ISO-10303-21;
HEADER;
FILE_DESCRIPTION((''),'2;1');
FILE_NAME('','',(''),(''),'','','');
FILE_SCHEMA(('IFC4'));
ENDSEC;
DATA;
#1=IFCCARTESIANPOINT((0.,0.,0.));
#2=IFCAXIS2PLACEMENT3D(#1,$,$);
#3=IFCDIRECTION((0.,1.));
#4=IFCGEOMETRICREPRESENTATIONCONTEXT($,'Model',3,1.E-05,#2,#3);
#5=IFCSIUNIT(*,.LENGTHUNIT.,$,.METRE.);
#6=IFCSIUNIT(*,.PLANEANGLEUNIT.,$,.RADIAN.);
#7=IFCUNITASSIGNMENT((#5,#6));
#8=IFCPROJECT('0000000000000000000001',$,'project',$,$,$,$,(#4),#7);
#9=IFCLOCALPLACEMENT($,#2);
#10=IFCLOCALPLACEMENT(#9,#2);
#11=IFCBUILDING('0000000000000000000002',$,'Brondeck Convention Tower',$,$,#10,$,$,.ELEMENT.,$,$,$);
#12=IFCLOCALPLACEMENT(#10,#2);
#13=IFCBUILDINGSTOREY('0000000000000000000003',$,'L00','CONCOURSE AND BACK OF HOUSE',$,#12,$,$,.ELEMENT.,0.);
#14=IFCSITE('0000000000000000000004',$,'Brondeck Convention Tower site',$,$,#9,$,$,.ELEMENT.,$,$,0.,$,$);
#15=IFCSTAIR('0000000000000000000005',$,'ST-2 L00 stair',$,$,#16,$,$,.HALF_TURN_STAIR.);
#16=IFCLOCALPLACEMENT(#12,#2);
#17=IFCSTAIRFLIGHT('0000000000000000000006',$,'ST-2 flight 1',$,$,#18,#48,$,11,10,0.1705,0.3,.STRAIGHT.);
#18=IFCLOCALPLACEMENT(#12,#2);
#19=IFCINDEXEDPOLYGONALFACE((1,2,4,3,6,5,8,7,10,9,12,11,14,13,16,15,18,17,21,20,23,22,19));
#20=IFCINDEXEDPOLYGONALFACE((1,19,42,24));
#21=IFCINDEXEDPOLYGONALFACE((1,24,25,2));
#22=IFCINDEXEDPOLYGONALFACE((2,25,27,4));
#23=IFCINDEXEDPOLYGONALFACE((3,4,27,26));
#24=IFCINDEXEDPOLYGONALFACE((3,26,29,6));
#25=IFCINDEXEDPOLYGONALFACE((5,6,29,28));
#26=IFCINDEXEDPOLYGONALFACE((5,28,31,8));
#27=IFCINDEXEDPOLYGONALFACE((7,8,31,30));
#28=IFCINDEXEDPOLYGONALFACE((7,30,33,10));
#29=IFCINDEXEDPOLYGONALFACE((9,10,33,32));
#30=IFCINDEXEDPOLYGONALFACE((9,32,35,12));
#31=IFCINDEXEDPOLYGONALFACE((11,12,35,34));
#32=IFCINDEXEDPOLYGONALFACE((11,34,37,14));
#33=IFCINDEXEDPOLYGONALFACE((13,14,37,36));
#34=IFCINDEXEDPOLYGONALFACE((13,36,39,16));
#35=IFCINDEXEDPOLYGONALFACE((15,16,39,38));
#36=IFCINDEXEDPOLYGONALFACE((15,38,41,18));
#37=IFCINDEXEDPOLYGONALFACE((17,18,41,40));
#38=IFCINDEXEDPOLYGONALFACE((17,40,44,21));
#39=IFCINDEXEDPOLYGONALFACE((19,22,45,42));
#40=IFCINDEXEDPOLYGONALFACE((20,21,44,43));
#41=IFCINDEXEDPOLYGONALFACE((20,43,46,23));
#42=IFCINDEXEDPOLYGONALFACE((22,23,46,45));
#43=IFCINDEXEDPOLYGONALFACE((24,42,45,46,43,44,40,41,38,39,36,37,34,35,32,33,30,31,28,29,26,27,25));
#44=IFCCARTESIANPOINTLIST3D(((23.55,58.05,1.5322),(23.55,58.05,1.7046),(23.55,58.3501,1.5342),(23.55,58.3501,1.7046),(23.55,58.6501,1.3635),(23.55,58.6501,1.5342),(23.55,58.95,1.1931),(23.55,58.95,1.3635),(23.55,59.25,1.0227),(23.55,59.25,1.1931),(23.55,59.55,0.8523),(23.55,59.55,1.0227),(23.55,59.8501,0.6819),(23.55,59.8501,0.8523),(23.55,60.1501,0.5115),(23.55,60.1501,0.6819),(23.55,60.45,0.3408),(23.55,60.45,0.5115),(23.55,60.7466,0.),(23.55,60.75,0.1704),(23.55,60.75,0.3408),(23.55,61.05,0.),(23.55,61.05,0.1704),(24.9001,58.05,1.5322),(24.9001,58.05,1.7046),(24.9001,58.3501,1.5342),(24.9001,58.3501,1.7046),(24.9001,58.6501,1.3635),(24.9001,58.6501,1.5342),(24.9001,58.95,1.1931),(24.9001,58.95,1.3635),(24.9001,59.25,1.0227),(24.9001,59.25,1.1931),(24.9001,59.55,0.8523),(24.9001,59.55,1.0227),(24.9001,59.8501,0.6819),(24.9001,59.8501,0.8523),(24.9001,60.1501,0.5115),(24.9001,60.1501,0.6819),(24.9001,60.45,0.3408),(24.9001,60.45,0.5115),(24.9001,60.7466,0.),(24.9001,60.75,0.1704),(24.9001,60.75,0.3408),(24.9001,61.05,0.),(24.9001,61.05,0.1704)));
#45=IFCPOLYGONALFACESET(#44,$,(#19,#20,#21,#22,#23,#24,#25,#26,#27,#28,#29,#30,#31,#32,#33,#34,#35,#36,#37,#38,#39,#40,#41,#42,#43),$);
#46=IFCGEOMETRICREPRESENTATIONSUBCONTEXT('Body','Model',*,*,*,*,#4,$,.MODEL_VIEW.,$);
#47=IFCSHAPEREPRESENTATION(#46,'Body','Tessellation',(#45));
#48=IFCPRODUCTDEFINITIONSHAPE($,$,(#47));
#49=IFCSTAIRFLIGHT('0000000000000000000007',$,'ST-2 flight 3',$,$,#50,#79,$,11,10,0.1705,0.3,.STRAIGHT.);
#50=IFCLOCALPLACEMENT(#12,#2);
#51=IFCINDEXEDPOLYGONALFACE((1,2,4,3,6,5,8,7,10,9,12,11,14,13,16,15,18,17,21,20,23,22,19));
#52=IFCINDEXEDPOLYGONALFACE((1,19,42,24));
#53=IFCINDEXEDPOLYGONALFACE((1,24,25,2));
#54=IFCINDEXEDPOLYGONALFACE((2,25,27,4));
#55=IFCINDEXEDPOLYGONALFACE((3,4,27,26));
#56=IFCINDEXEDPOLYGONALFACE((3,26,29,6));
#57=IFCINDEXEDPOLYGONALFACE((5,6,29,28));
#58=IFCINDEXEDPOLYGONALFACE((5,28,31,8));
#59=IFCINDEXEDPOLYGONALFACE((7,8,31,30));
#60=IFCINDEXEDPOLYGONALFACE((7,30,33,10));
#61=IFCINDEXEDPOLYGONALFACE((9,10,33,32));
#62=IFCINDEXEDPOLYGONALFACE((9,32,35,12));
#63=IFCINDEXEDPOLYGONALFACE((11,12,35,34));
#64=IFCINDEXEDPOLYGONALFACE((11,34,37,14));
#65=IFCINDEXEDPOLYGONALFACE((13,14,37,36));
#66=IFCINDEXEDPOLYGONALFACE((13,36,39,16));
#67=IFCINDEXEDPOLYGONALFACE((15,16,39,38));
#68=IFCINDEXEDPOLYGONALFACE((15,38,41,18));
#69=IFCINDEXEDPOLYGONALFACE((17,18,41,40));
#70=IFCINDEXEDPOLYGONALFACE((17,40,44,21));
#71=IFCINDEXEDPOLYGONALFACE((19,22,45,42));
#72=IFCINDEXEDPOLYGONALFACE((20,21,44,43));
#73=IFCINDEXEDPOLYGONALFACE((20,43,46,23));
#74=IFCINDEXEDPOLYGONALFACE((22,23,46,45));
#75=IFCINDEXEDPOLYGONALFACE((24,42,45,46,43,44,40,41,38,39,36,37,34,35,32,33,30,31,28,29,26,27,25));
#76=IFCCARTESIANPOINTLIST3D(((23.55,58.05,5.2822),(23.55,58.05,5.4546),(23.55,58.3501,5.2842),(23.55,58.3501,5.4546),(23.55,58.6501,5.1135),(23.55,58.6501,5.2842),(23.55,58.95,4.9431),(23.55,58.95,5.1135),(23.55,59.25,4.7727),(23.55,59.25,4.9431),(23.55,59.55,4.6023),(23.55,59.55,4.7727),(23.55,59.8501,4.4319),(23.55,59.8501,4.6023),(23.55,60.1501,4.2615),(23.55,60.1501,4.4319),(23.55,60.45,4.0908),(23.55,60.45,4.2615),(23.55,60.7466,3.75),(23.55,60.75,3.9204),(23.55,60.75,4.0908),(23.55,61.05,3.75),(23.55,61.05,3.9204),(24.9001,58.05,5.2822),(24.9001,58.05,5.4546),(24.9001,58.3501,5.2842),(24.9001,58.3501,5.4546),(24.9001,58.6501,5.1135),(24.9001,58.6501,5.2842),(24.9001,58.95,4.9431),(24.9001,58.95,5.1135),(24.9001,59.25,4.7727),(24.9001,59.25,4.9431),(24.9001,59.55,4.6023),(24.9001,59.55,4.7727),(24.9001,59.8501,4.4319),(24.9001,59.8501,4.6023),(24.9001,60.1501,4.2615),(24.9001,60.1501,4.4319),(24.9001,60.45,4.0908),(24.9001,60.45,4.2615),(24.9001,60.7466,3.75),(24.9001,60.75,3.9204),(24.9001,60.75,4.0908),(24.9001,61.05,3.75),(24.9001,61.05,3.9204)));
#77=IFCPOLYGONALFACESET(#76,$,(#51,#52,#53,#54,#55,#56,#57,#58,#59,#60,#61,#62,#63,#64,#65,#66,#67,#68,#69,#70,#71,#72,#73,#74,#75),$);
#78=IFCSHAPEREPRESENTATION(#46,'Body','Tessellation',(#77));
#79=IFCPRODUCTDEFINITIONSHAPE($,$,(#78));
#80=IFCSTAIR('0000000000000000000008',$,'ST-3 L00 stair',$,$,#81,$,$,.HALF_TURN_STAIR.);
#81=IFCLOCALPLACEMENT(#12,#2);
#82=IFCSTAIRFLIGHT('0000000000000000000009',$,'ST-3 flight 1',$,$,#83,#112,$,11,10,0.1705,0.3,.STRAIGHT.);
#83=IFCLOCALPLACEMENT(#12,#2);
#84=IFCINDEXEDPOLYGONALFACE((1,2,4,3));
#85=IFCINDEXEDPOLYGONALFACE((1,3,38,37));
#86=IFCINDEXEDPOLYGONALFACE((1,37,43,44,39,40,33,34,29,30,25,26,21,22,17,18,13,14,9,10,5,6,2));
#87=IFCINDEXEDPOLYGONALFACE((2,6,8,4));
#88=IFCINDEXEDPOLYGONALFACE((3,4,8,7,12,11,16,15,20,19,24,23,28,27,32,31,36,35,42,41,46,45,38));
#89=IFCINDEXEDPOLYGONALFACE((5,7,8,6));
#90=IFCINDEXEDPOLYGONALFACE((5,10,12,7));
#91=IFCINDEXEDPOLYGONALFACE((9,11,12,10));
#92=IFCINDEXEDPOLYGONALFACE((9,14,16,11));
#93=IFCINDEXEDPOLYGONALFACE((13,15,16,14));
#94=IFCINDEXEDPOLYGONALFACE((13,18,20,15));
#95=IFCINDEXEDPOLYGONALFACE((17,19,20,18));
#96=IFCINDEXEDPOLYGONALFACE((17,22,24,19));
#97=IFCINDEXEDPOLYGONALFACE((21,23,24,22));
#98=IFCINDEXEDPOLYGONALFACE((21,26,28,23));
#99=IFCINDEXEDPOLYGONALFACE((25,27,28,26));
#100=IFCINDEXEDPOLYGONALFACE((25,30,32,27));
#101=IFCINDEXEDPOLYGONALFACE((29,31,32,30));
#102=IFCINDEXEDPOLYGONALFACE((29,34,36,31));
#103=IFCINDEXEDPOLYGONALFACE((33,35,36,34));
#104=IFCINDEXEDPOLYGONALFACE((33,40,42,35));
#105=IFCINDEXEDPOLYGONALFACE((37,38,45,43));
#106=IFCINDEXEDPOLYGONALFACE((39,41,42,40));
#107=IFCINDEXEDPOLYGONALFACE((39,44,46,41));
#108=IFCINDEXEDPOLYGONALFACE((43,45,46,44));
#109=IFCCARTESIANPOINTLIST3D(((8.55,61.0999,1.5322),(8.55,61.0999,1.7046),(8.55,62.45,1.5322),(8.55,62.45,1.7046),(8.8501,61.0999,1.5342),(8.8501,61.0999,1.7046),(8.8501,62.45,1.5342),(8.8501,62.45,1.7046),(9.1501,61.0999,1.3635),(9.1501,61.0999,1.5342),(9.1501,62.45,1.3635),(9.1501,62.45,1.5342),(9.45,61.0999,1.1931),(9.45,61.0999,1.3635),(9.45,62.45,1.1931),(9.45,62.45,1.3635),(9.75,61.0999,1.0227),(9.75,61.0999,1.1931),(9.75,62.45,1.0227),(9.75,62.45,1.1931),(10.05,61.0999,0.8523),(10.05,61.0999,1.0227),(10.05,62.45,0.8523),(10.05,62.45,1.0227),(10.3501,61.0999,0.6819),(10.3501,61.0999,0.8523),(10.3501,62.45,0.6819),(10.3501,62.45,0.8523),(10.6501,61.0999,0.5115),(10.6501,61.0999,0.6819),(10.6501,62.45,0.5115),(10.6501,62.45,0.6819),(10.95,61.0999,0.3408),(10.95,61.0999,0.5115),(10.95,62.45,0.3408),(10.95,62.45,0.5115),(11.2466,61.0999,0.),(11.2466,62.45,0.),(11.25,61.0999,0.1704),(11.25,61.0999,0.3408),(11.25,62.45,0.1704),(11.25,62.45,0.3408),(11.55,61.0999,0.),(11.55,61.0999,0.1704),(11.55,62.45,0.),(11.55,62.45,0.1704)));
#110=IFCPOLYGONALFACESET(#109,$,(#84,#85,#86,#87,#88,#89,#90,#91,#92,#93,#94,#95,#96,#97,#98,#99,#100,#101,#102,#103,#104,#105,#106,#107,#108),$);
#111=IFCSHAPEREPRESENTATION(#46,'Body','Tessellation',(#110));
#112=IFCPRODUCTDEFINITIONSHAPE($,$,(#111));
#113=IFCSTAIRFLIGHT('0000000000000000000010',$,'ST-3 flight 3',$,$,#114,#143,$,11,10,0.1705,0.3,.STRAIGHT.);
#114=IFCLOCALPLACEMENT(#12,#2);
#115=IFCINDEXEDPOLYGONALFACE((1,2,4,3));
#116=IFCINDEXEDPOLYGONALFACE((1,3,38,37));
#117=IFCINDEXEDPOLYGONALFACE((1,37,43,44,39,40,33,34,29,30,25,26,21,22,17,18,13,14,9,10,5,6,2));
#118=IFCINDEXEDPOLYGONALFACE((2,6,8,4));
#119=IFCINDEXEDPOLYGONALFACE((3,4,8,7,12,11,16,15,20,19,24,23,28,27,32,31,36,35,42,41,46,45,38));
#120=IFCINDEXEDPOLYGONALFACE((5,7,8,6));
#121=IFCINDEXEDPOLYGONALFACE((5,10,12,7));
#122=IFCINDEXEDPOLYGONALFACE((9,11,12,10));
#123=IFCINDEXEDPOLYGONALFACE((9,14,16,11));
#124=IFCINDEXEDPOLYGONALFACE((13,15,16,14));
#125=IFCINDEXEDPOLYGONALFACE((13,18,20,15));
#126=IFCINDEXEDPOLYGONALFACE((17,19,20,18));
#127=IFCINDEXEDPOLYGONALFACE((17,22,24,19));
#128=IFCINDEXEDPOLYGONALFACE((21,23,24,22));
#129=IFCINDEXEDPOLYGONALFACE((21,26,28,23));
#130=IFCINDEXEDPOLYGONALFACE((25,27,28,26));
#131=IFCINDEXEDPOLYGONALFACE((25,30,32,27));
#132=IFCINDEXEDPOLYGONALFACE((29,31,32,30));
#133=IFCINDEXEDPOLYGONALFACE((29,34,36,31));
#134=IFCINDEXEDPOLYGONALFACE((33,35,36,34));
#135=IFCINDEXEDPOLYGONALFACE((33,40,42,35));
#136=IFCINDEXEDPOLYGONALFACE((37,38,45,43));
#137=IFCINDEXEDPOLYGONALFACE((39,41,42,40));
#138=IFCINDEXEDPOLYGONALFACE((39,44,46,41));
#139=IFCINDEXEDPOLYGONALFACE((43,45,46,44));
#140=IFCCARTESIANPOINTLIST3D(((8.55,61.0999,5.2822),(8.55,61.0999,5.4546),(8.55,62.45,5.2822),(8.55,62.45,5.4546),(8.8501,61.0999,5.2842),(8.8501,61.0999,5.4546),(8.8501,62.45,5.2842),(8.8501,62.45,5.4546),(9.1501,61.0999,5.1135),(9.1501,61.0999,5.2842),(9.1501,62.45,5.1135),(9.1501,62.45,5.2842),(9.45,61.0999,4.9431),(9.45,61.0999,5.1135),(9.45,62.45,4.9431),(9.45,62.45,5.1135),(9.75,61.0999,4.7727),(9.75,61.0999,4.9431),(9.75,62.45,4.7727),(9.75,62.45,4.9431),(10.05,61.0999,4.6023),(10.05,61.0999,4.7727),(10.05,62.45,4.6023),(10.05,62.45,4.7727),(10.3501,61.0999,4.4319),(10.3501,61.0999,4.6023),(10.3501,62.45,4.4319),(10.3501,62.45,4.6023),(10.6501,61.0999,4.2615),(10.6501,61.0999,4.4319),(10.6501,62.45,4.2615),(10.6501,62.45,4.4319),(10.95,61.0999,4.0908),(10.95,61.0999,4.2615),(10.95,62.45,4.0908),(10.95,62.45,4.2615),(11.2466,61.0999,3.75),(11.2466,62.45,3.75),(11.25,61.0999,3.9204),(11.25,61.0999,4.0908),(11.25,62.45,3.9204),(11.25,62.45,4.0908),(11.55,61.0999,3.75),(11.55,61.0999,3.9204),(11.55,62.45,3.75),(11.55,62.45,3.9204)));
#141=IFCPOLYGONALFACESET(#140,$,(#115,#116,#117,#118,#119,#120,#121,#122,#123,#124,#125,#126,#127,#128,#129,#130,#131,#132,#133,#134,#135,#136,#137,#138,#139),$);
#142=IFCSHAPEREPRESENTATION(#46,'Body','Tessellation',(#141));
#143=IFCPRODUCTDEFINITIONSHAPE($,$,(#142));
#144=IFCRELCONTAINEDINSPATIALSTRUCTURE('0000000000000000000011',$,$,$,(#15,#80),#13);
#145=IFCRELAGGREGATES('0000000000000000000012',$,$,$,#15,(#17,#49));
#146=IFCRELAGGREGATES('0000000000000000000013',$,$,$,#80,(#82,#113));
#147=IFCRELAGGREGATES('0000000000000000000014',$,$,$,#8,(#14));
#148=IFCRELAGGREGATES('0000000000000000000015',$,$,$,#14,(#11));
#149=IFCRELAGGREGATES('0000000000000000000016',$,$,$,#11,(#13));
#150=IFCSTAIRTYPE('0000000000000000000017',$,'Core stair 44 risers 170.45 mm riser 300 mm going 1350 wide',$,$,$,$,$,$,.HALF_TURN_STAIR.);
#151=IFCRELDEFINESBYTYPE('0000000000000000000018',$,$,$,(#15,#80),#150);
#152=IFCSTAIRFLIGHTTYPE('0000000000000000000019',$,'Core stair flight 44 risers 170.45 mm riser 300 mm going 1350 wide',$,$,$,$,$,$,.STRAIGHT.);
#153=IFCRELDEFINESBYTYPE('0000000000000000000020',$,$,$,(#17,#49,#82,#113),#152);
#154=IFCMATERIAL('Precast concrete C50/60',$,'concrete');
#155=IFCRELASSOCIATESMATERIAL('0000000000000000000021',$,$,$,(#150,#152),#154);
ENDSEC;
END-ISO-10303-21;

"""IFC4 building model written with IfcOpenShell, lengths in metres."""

from ifc_helpers import new_model, si_unit, direction, frame, origin, place, context, subcontext, project, spatial, polyline, outline, extrude, material, type_object, element, aggregate, save


model = new_model("IFC4")

# Units and contexts
model_context = context("Model", 3, precision=1e-05, world=origin(), true_north=direction((0.0, 1.0)))
body_context = subcontext(model_context, "Body", "Model", "MODEL_VIEW")
ifc_project = project(units=[si_unit("LENGTHUNIT", "METRE"), si_unit("PLANEANGLEUNIT", "RADIAN")], contexts=[model_context])

# Site, building, storey
site_placement = place(None, origin())
site = spatial("IfcSite", under=ifc_project, at=site_placement, Name="Brondeck Convention Tower site", CompositionType="ELEMENT", RefElevation=0.0)
building_placement = place(site_placement, origin())
building = spatial("IfcBuilding", under=site, at=building_placement, Name="Brondeck Convention Tower", CompositionType="ELEMENT")
storey_placement = place(building_placement, origin())
storey = spatial("IfcBuildingStorey", under=building, at=storey_placement, Name="L00", Description="CONCOURSE AND BACK OF HOUSE", CompositionType="ELEMENT", Elevation=0.0)

# Stairs, stair flights
ifc_material_1 = material(Name="Precast concrete C50/60", Category="concrete")
stair_type = type_object("IfcStairType", Name="Core stair 44 risers 170.45 mm riser 300 mm going 1350 wide", PredefinedType="HALF_TURN_STAIR", material=ifc_material_1)
stair_1_placement = place(storey_placement, origin())
stair_1 = element("IfcStair", 1, at=stair_1_placement, inside=storey, type_object=stair_type, Name="ST-2 L00 stair", PredefinedType="HALF_TURN_STAIR")
stair_flight_type = type_object("IfcStairFlightType", Name="Core stair flight 44 risers 170.45 mm riser 300 mm going 1350 wide", PredefinedType="STRAIGHT", material=ifc_material_1)
stair_flight_1_placement = place(storey_placement, frame((24.2251, 61.05, 0.0), z_axis=(0.0, 0.0, 1.0), x_axis=(0.0, -1.0, 0.0)))
stair_flight_1 = element("IfcStairFlight", 2, at=stair_flight_1_placement, type_object=stair_flight_type, Name="ST-2 flight 1", NumberOfRisers=11, NumberOfTreads=10, PredefinedType="STRAIGHT", RiserHeight=0.1705, TreadLength=0.3, context=body_context, shape_type="SweptSolid", body=[
    extrude(outline(polyline([(0.0, 0.0), (0.0, 0.1704), (0.3, 0.1704), (0.3, 0.3408), (0.6001, 0.3408), (0.6001, 0.5115), (0.8999, 0.5115), (0.8999, 0.6819), (1.2, 0.6819), (1.2, 0.8523), (1.5, 0.8523), (1.5, 1.0227), (1.8, 1.0227), (1.8, 1.1931), (2.1001, 1.1931), (2.1001, 1.3635), (2.3999, 1.3635), (2.3999, 1.5342), (2.7, 1.5342), (2.7, 1.7046), (3.0, 1.7046), (3.0, 1.875), (3.0, 1.5322), (0.3035, 0.0), (0.0, 0.0)])), frame((0.0, 0.675, 0.0), z_axis=(0.0, -1.0, 0.0), x_axis=(1.0, 0.0, 0.0)), (0.0, 0.0, 1.0), 1.3501),
])
stair_flight_2_placement = place(storey_placement, frame((24.2251, 61.05, 3.75), z_axis=(0.0, 0.0, 1.0), x_axis=(0.0, -1.0, 0.0)))
stair_flight_2 = element("IfcStairFlight", 3, at=stair_flight_2_placement, type_object=stair_flight_type, Name="ST-2 flight 3", NumberOfRisers=11, NumberOfTreads=10, PredefinedType="STRAIGHT", RiserHeight=0.1705, TreadLength=0.3, context=body_context, shape_type="SweptSolid", body=[
    extrude(outline(polyline([(0.0, 0.0), (0.0, 0.1704), (0.3, 0.1704), (0.3, 0.3408), (0.6001, 0.3408), (0.6001, 0.5115), (0.8999, 0.5115), (0.8999, 0.6819), (1.2, 0.6819), (1.2, 0.8523), (1.5, 0.8523), (1.5, 1.0227), (1.8, 1.0227), (1.8, 1.1931), (2.1001, 1.1931), (2.1001, 1.3635), (2.3999, 1.3635), (2.3999, 1.5342), (2.7, 1.5342), (2.7, 1.7046), (3.0, 1.7046), (3.0, 1.875), (3.0, 1.5322), (0.3035, 0.0), (0.0, 0.0)])), frame((0.0, 0.675, 0.0), z_axis=(0.0, -1.0, 0.0), x_axis=(1.0, 0.0, 0.0)), (0.0, 0.0, 1.0), 1.3501),
])
aggregate(stair_1, [stair_flight_1, stair_flight_2])
stair_2_placement = place(storey_placement, origin())
stair_2 = element("IfcStair", 4, at=stair_2_placement, inside=storey, type_object=stair_type, Name="ST-3 L00 stair", PredefinedType="HALF_TURN_STAIR")
stair_flight_3_placement = place(storey_placement, frame((11.55, 61.7749, 0.0), z_axis=(0.0, 0.0, 1.0), x_axis=(-1.0, 0.0, 0.0)))
stair_flight_3 = element("IfcStairFlight", 5, at=stair_flight_3_placement, type_object=stair_flight_type, Name="ST-3 flight 1", NumberOfRisers=11, NumberOfTreads=10, PredefinedType="STRAIGHT", RiserHeight=0.1705, TreadLength=0.3, context=body_context, shape_type="SweptSolid", body=[
    extrude(outline(polyline([(0.0, 0.0), (0.0, 0.1704), (0.3, 0.1704), (0.3, 0.3408), (0.6001, 0.3408), (0.6001, 0.5115), (0.8999, 0.5115), (0.8999, 0.6819), (1.2, 0.6819), (1.2, 0.8523), (1.5, 0.8523), (1.5, 1.0227), (1.8, 1.0227), (1.8, 1.1931), (2.1001, 1.1931), (2.1001, 1.3635), (2.3999, 1.3635), (2.3999, 1.5342), (2.7, 1.5342), (2.7, 1.7046), (3.0, 1.7046), (3.0, 1.875), (3.0, 1.5322), (0.3035, 0.0), (0.0, 0.0)])), frame((0.0, 0.675, 0.0), z_axis=(0.0, -1.0, 0.0), x_axis=(1.0, 0.0, 0.0)), (0.0, 0.0, 1.0), 1.3501),
])
stair_flight_4_placement = place(storey_placement, frame((11.55, 61.7749, 3.75), z_axis=(0.0, 0.0, 1.0), x_axis=(-1.0, 0.0, 0.0)))
stair_flight_4 = element("IfcStairFlight", 6, at=stair_flight_4_placement, type_object=stair_flight_type, Name="ST-3 flight 3", NumberOfRisers=11, NumberOfTreads=10, PredefinedType="STRAIGHT", RiserHeight=0.1705, TreadLength=0.3, context=body_context, shape_type="SweptSolid", body=[
    extrude(outline(polyline([(0.0, 0.0), (0.0, 0.1704), (0.3, 0.1704), (0.3, 0.3408), (0.6001, 0.3408), (0.6001, 0.5115), (0.8999, 0.5115), (0.8999, 0.6819), (1.2, 0.6819), (1.2, 0.8523), (1.5, 0.8523), (1.5, 1.0227), (1.8, 1.0227), (1.8, 1.1931), (2.1001, 1.1931), (2.1001, 1.3635), (2.3999, 1.3635), (2.3999, 1.5342), (2.7, 1.5342), (2.7, 1.7046), (3.0, 1.7046), (3.0, 1.875), (3.0, 1.5322), (0.3035, 0.0), (0.0, 0.0)])), frame((0.0, 0.675, 0.0), z_axis=(0.0, -1.0, 0.0), x_axis=(1.0, 0.0, 0.0)), (0.0, 0.0, 1.0), 1.3501),
])
aggregate(stair_2, [stair_flight_3, stair_flight_4])

save(model, "model.ifc")
